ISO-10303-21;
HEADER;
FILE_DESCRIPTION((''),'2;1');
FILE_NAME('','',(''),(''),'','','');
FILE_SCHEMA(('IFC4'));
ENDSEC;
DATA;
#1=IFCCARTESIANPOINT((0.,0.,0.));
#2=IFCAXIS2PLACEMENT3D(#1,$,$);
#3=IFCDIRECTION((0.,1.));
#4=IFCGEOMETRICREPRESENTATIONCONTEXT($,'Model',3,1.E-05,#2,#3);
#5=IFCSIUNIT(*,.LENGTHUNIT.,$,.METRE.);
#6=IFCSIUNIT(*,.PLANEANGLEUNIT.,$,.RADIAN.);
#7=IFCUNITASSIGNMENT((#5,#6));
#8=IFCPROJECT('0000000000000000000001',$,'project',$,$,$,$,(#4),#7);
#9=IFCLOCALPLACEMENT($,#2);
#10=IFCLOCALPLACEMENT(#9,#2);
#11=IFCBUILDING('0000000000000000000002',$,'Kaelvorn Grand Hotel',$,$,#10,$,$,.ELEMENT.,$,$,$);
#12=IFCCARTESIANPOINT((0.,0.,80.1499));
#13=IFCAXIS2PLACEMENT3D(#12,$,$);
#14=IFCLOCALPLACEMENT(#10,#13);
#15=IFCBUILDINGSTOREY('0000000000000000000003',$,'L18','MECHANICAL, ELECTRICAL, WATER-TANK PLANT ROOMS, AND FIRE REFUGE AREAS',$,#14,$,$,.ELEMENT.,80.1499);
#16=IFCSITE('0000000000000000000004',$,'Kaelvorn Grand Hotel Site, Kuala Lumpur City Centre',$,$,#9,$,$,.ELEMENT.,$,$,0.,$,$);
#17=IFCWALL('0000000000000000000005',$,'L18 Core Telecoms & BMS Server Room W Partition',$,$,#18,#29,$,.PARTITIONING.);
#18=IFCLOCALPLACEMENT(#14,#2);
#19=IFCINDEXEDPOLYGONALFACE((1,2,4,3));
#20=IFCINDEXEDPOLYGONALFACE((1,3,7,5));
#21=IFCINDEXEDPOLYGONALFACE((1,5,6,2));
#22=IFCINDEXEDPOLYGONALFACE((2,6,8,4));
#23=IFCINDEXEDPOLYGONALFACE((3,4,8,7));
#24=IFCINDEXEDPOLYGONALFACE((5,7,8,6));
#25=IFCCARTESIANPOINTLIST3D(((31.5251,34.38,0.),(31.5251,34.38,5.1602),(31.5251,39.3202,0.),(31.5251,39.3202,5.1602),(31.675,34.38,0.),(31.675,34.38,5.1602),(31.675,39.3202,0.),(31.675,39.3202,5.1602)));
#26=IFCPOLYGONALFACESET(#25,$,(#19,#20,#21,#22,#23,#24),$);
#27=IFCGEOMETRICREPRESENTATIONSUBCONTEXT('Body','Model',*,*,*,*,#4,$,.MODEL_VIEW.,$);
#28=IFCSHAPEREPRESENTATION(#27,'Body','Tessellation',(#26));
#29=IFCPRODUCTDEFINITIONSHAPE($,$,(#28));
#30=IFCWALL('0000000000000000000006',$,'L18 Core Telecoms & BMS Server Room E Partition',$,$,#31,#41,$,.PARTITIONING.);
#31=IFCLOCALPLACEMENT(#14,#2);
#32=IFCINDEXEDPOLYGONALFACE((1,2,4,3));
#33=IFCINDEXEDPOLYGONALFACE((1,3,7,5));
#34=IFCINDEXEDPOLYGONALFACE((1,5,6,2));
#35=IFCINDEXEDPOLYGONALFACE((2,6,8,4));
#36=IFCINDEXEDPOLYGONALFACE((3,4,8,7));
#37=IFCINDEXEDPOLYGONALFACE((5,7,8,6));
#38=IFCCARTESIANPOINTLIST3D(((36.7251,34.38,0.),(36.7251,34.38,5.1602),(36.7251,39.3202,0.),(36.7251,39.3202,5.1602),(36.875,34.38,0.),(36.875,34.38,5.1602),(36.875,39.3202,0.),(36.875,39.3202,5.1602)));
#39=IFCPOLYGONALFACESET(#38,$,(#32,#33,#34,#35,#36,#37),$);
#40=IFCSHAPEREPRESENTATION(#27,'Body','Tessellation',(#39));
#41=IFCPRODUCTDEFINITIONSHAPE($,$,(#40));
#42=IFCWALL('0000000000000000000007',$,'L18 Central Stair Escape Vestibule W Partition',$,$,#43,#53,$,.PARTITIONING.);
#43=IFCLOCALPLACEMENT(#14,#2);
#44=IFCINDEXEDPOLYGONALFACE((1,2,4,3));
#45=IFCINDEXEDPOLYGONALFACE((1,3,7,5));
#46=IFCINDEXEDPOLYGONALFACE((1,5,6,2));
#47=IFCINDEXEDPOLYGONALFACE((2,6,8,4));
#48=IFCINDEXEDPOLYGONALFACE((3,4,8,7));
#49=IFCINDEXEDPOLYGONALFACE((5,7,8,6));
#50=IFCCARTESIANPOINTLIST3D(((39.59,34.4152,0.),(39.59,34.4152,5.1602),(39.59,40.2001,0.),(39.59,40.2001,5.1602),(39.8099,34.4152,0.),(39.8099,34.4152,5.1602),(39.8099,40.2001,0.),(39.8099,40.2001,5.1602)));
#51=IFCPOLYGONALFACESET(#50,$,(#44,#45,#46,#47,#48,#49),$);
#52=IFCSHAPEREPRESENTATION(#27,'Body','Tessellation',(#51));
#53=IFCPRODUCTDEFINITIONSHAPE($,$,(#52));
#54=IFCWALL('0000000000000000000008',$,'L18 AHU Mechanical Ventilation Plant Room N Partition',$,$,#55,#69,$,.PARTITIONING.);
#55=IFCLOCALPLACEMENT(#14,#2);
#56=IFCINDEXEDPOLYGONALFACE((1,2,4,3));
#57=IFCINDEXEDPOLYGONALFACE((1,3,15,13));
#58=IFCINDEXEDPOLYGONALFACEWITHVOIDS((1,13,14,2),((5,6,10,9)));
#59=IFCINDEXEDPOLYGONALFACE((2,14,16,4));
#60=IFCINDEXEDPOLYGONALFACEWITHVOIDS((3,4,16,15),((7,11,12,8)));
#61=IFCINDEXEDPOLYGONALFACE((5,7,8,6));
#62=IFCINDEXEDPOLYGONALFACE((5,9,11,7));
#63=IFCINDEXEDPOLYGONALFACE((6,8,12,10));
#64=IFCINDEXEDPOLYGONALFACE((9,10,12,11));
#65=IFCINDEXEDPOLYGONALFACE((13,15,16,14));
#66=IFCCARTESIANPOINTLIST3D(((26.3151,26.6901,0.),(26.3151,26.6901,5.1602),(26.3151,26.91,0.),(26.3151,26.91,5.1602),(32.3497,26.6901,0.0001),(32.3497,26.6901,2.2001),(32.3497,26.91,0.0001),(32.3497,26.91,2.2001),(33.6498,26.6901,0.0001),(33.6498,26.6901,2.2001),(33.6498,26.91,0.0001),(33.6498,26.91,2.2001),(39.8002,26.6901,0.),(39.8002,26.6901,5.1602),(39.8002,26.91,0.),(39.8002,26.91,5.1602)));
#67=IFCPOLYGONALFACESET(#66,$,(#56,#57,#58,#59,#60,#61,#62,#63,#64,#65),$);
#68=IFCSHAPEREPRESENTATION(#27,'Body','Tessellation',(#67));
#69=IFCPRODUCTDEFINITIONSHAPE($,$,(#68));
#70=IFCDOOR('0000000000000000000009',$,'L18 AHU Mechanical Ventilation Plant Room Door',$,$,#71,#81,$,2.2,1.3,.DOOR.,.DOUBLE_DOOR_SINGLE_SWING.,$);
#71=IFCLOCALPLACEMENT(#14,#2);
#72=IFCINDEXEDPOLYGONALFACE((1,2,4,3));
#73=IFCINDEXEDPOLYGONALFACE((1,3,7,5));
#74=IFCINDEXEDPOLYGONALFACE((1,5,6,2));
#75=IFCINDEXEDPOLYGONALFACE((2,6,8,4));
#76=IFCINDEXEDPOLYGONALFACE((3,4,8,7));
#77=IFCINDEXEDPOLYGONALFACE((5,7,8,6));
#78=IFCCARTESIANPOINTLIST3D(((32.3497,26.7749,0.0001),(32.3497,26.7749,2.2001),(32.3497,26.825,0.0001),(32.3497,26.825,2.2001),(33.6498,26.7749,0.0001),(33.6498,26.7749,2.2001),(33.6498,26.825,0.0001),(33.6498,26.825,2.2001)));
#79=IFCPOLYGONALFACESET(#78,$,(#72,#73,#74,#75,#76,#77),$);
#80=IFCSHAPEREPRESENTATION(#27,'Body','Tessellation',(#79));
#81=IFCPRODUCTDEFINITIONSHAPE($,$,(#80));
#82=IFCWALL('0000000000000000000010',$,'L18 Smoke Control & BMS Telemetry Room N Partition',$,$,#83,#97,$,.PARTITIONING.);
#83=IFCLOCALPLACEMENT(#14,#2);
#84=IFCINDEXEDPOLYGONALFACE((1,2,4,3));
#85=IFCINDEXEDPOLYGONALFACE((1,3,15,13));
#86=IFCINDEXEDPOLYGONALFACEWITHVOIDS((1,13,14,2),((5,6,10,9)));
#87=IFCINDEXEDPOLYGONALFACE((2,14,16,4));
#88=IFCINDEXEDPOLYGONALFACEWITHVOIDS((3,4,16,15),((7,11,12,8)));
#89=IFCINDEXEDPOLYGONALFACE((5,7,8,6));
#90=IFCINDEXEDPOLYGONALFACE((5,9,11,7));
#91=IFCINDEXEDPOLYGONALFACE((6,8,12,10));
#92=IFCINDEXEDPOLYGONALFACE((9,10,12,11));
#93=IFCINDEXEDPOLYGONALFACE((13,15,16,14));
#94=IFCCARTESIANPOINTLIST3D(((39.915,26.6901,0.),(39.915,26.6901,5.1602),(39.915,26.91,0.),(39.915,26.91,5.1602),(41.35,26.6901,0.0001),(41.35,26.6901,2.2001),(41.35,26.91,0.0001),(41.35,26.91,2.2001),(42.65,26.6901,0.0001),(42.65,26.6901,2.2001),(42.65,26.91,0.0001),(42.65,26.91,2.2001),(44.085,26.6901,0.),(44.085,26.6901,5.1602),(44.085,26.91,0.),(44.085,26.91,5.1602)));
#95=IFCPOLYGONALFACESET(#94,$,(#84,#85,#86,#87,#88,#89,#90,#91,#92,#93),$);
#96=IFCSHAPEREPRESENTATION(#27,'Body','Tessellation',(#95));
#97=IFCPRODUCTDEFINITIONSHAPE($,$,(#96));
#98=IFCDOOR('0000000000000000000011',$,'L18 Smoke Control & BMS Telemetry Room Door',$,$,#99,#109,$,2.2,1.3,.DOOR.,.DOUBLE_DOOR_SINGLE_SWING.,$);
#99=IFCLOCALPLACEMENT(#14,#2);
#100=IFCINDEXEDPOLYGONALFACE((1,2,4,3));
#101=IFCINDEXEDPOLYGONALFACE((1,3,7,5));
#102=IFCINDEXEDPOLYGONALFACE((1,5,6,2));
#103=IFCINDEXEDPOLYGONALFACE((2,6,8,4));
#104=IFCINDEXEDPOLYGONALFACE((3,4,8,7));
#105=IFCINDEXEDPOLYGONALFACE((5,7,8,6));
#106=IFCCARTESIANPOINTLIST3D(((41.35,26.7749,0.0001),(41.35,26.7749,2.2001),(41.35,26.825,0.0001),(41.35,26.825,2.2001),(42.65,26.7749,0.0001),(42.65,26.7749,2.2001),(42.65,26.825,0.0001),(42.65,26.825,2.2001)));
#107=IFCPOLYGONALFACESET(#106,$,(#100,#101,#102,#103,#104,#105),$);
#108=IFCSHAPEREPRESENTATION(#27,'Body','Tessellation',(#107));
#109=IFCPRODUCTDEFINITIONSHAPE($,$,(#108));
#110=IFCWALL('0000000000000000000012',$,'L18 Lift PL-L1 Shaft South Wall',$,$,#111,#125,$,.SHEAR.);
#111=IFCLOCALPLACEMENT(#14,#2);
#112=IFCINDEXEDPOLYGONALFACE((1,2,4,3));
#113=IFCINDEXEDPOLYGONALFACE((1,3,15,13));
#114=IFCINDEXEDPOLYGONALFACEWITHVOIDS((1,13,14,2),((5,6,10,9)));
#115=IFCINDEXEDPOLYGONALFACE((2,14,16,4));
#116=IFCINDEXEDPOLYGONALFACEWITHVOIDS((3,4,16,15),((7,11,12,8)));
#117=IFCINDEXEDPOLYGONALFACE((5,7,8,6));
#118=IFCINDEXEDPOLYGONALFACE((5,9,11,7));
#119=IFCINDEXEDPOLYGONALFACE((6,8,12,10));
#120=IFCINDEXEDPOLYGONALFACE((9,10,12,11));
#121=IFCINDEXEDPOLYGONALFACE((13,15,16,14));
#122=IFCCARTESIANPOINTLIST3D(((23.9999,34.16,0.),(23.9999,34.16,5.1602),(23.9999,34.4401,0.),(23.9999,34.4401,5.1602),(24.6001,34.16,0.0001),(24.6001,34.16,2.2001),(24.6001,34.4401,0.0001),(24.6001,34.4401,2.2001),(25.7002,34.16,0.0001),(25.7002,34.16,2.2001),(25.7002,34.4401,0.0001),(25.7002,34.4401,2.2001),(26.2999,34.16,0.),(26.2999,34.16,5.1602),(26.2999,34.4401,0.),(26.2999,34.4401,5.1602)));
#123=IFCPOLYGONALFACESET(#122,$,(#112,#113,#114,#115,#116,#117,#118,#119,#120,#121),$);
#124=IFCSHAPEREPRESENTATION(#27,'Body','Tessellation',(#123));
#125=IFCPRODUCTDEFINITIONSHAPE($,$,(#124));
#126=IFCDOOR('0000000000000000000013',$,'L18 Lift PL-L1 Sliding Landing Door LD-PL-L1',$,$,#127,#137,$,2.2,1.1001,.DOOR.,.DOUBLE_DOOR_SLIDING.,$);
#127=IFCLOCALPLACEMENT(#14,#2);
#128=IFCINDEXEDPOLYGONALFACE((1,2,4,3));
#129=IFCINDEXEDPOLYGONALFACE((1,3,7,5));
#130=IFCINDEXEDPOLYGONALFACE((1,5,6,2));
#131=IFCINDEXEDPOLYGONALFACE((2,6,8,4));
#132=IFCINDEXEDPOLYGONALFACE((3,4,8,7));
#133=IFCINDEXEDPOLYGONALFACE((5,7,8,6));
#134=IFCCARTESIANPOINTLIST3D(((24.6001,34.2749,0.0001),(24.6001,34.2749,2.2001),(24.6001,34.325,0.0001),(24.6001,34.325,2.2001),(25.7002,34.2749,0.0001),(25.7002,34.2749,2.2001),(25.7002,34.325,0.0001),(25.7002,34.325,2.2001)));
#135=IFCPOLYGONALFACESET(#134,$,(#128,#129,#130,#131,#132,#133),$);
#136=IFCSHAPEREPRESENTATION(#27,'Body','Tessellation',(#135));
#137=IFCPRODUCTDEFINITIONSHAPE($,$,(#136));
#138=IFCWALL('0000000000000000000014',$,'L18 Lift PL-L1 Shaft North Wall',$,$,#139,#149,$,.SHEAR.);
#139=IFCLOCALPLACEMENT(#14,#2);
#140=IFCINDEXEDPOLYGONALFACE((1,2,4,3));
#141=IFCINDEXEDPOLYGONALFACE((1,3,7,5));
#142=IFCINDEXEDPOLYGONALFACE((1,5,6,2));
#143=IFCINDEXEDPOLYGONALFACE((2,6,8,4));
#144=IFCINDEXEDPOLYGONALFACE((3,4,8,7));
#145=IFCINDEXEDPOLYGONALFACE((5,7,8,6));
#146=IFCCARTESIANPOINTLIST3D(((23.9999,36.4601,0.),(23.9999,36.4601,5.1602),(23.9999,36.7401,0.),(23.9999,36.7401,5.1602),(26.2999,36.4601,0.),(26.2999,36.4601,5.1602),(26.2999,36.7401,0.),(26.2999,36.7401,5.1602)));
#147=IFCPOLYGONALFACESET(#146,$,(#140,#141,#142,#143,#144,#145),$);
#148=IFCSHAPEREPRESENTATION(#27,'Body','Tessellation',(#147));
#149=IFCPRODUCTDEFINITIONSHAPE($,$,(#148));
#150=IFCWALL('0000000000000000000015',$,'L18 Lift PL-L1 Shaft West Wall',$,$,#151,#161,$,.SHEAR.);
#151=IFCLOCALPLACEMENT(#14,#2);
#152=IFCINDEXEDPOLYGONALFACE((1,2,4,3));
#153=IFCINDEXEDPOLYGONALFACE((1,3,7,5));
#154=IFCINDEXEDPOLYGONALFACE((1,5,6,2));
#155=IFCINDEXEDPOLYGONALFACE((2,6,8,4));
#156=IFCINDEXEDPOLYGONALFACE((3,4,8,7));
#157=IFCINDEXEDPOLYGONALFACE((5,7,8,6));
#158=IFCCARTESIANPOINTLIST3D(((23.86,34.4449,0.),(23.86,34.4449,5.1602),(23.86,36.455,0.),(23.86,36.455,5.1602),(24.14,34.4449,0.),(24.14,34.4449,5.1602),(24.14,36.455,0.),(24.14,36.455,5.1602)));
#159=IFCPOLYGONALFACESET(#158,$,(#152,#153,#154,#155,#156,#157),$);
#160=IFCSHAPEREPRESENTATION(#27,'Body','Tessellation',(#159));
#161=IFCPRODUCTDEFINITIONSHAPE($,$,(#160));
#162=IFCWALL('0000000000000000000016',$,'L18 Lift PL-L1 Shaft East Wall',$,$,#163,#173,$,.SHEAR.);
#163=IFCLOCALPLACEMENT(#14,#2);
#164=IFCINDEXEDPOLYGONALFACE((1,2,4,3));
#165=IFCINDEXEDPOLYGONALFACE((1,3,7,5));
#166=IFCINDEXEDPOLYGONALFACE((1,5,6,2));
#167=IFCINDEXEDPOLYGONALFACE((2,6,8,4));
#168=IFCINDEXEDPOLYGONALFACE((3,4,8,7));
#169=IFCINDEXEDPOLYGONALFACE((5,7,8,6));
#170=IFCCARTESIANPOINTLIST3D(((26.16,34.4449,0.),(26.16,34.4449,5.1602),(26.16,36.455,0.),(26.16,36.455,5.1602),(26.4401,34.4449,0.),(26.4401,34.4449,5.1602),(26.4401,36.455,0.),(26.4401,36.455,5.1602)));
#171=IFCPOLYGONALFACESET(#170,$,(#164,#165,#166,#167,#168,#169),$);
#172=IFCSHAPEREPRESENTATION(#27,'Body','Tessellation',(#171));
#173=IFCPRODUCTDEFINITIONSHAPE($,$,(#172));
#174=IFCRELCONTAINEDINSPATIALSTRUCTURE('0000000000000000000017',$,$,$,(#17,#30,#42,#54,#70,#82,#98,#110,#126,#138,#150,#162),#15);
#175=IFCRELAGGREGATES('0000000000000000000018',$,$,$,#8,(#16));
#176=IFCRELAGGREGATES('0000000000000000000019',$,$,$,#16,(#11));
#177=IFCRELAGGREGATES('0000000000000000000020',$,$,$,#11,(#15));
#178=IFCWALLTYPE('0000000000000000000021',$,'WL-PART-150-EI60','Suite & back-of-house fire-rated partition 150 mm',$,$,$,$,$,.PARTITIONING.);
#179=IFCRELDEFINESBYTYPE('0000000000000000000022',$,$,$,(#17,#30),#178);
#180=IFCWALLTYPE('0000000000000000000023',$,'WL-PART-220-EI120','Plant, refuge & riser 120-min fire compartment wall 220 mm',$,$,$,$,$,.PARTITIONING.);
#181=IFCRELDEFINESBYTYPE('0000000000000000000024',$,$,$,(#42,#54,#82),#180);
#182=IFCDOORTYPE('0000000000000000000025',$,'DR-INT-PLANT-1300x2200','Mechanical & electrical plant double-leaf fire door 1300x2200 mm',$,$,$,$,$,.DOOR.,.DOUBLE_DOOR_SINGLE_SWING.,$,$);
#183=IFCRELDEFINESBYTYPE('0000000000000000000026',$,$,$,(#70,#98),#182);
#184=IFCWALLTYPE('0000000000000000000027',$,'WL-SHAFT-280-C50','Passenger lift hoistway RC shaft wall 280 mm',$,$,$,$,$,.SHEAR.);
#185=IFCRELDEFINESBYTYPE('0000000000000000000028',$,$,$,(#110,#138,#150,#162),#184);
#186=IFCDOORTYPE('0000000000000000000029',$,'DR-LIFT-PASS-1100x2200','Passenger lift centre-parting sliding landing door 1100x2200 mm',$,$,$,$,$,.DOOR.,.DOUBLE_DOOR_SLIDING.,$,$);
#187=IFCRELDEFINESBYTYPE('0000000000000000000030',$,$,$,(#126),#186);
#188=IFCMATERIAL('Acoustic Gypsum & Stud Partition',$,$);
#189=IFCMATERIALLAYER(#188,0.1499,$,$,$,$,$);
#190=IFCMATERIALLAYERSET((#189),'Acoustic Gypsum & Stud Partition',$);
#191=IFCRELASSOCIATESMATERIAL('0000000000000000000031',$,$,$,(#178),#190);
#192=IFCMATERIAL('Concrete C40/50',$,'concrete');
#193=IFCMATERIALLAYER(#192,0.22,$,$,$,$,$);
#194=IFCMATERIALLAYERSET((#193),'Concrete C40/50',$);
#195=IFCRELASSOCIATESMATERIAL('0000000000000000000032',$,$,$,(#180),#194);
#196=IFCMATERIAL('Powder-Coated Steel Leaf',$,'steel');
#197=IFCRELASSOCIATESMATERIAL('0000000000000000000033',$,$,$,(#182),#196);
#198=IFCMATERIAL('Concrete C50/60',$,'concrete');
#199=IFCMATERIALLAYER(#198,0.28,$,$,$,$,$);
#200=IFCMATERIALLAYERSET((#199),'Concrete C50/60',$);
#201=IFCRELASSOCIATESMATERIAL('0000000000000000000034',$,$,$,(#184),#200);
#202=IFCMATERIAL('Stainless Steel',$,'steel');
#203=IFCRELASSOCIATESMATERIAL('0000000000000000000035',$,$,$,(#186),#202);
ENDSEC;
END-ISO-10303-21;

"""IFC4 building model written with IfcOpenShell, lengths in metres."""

from ifc_helpers import new_model, si_unit, direction, frame, frame_2d, origin, place, context, subcontext, project, spatial, rectangle, extrude, material, layer, layer_set, type_object, element, fill, save


model = new_model("IFC4")

# Units and contexts
model_context = context("Model", 3, precision=1e-05, world=origin(), true_north=direction((0.0, 1.0)))
body_context = subcontext(model_context, "Body", "Model", "MODEL_VIEW")
ifc_project = project(units=[si_unit("LENGTHUNIT", "METRE"), si_unit("PLANEANGLEUNIT", "RADIAN")], contexts=[model_context])

# Site, building, storey
site_placement = place(None, origin())
site = spatial("IfcSite", under=ifc_project, at=site_placement, Name="Kaelvorn Grand Hotel Site, Kuala Lumpur City Centre", CompositionType="ELEMENT", RefElevation=0.0)
building_placement = place(site_placement, origin())
building = spatial("IfcBuilding", under=site, at=building_placement, Name="Kaelvorn Grand Hotel", CompositionType="ELEMENT")
storey_placement = place(building_placement, frame((0.0, 0.0, 80.1499)))
storey = spatial("IfcBuildingStorey", under=building, at=storey_placement, Name="L18", Description="MECHANICAL, ELECTRICAL, WATER-TANK PLANT ROOMS, AND FIRE REFUGE AREAS", CompositionType="ELEMENT", Elevation=80.1499)

# Shared definitions
ifc_material_1 = material(Name="Acoustic Gypsum & Stud Partition")
ifc_layer_1 = layer(ifc_material_1, 0.1499)
ifc_layer_set_1 = layer_set([ifc_layer_1], Name="Acoustic Gypsum & Stud Partition")
wall_type_1 = type_object("IfcWallType", Name="WL-PART-150-EI60", Description="Suite & back-of-house fire-rated partition 150 mm", PredefinedType="PARTITIONING", material=ifc_layer_set_1)
ifc_material_2 = material(Name="Powder-Coated Steel Leaf", Category="steel")

# Walls
for number, where, z_axis, x_axis, name in (
    (1, (31.6001, 34.3799, 0.0), (0.0, 0.0, 1.0), (0.0, 1.0, 0.0), "L18 Core Telecoms & BMS Server Room W Partition"),
    (2, (36.8, 34.3799, 0.0), (0.0, 0.0, 1.0), (0.0, 1.0, 0.0), "L18 Core Telecoms & BMS Server Room E Partition"),
):
    element("IfcWall", number, at=place(storey_placement, frame(where, z_axis=z_axis, x_axis=x_axis)), inside=storey, type_object=wall_type_1, Name=name, PredefinedType="PARTITIONING", context=body_context, shape_type="SweptSolid", body=[
        extrude(rectangle(XDim=4.9402, YDim=0.1499, at=frame_2d((2.4702, 0.0))), origin(), (0.0, 0.0, 1.0), 5.1602),
    ])

# Shared definitions
ifc_material_3 = material(Name="Concrete C40/50", Category="concrete")
ifc_layer_2 = layer(ifc_material_3, 0.22)
ifc_layer_set_2 = layer_set([ifc_layer_2], Name="Concrete C40/50")
wall_type_2 = type_object("IfcWallType", Name="WL-PART-220-EI120", Description="Plant, refuge & riser 120-min fire compartment wall 220 mm", PredefinedType="PARTITIONING", material=ifc_layer_set_2)

# Wall
wall_1_placement = place(storey_placement, frame((39.7, 34.415, 0.0), z_axis=(0.0, 0.0, 1.0), x_axis=(0.0, 1.0, 0.0)))
element("IfcWall", 3, at=wall_1_placement, inside=storey, type_object=wall_type_2, Name="L18 Central Stair Escape Vestibule W Partition", PredefinedType="PARTITIONING", context=body_context, shape_type="SweptSolid", body=[
    extrude(rectangle(XDim=5.7849, YDim=0.22, at=frame_2d((2.8926, 0.0))), origin(), (0.0, 0.0, 1.0), 5.1602),
])

# Walls, openings, doors
wall_2_placement = place(storey_placement, frame((26.3149, 26.8, 0.0), z_axis=(0.0, 0.0, 1.0), x_axis=(1.0, 0.0, 0.0)))
wall_2 = element("IfcWall", 4, at=wall_2_placement, inside=storey, type_object=wall_type_2, Name="L18 AHU Mechanical Ventilation Plant Room N Partition", PredefinedType="PARTITIONING", context=body_context, shape_type="SweptSolid", body=[
    extrude(rectangle(XDim=13.4851, YDim=0.22, at=frame_2d((6.7427, 0.0))), origin(), (0.0, 0.0, 1.0), 5.1602),
])
opening_1_placement = place(wall_2_placement, frame((6.0349, 0.0, 0.0)))
opening_1 = element("IfcOpeningElement", 5, at=opening_1_placement, cuts=wall_2, PredefinedType="OPENING", context=body_context, shape_type="SweptSolid", body=[
    extrude(rectangle(XDim=1.3, YDim=2.2, at=frame_2d((0.6499, 1.1001))), frame((0.0, 0.1201, 0.0), z_axis=(0.0, -1.0, 0.0), x_axis=(1.0, 0.0, 0.0)), (0.0, 0.0, 1.0), 0.24),
])
door_type_1 = type_object("IfcDoorType", Name="DR-INT-PLANT-1300x2200", Description="Mechanical & electrical plant double-leaf fire door 1300x2200 mm", OperationType="DOUBLE_DOOR_SINGLE_SWING", PredefinedType="DOOR", material=ifc_material_2)
door_1_placement = place(opening_1_placement, origin())
door_1 = element("IfcDoor", 6, at=door_1_placement, inside=storey, type_object=door_type_1, Name="L18 AHU Mechanical Ventilation Plant Room Door", OperationType="DOUBLE_DOOR_SINGLE_SWING", OverallHeight=2.2, OverallWidth=1.3, PredefinedType="DOOR", context=body_context, shape_type="SweptSolid", body=[
    extrude(rectangle(XDim=1.3, YDim=2.2, at=frame_2d((0.6499, 1.1001))), frame((0.0, 0.0249, 0.0), z_axis=(0.0, -1.0, 0.0), x_axis=(1.0, 0.0, 0.0)), (0.0, 0.0, 1.0), 0.05),
])
fill(opening_1, door_1)
wall_3_placement = place(storey_placement, frame((39.915, 26.8, 0.0), z_axis=(0.0, 0.0, 1.0), x_axis=(1.0, 0.0, 0.0)))
wall_3 = element("IfcWall", 7, at=wall_3_placement, inside=storey, type_object=wall_type_2, Name="L18 Smoke Control & BMS Telemetry Room N Partition", PredefinedType="PARTITIONING", context=body_context, shape_type="SweptSolid", body=[
    extrude(rectangle(XDim=4.1699, YDim=0.22, at=frame_2d((2.085, 0.0))), origin(), (0.0, 0.0, 1.0), 5.1602),
])
opening_2_placement = place(wall_3_placement, frame((1.4351, 0.0, 0.0)))
opening_2 = element("IfcOpeningElement", 8, at=opening_2_placement, cuts=wall_3, PredefinedType="OPENING", context=body_context, shape_type="SweptSolid", body=[
    extrude(rectangle(XDim=1.3, YDim=2.2, at=frame_2d((0.6499, 1.1001))), frame((0.0, 0.1201, 0.0), z_axis=(0.0, -1.0, 0.0), x_axis=(1.0, 0.0, 0.0)), (0.0, 0.0, 1.0), 0.24),
])
door_2_placement = place(opening_2_placement, origin())
door_2 = element("IfcDoor", 9, at=door_2_placement, inside=storey, type_object=door_type_1, Name="L18 Smoke Control & BMS Telemetry Room Door", OperationType="DOUBLE_DOOR_SINGLE_SWING", OverallHeight=2.2, OverallWidth=1.3, PredefinedType="DOOR", context=body_context, shape_type="SweptSolid", body=[
    extrude(rectangle(XDim=1.3, YDim=2.2, at=frame_2d((0.6499, 1.1001))), frame((0.0, 0.0249, 0.0), z_axis=(0.0, -1.0, 0.0), x_axis=(1.0, 0.0, 0.0)), (0.0, 0.0, 1.0), 0.05),
])
fill(opening_2, door_2)
ifc_material_4 = material(Name="Concrete C50/60", Category="concrete")
ifc_layer_3 = layer(ifc_material_4, 0.28)
ifc_layer_set_3 = layer_set([ifc_layer_3], Name="Concrete C50/60")
wall_type_3 = type_object("IfcWallType", Name="WL-SHAFT-280-C50", Description="Passenger lift hoistway RC shaft wall 280 mm", PredefinedType="SHEAR", material=ifc_layer_set_3)
wall_4_placement = place(storey_placement, frame((24.0, 34.3, 0.0), z_axis=(0.0, 0.0, 1.0), x_axis=(1.0, 0.0, 0.0)))
wall_4 = element("IfcWall", 10, at=wall_4_placement, inside=storey, type_object=wall_type_3, Name="L18 Lift PL-L1 Shaft South Wall", PredefinedType="SHEAR", context=body_context, shape_type="SweptSolid", body=[
    extrude(rectangle(XDim=2.3, YDim=0.28, at=frame_2d((1.1499, 0.0))), origin(), (0.0, 0.0, 1.0), 5.1602),
])
opening_3_placement = place(wall_4_placement, frame((0.6001, 0.0, 0.0)))
opening_3 = element("IfcOpeningElement", 11, at=opening_3_placement, cuts=wall_4, PredefinedType="OPENING", context=body_context, shape_type="SweptSolid", body=[
    extrude(rectangle(XDim=1.1001, YDim=2.2, at=frame_2d((0.55, 1.1001))), frame((0.0, 0.1499, 0.0), z_axis=(0.0, -1.0, 0.0), x_axis=(1.0, 0.0, 0.0)), (0.0, 0.0, 1.0), 0.3),
])
ifc_material_5 = material(Name="Stainless Steel", Category="steel")
door_type_2 = type_object("IfcDoorType", Name="DR-LIFT-PASS-1100x2200", Description="Passenger lift centre-parting sliding landing door 1100x2200 mm", OperationType="DOUBLE_DOOR_SLIDING", PredefinedType="DOOR", material=ifc_material_5)
door_3_placement = place(opening_3_placement, origin())
door_3 = element("IfcDoor", 12, at=door_3_placement, inside=storey, type_object=door_type_2, Name="L18 Lift PL-L1 Sliding Landing Door LD-PL-L1", OperationType="DOUBLE_DOOR_SLIDING", OverallHeight=2.2, OverallWidth=1.1001, PredefinedType="DOOR", context=body_context, shape_type="SweptSolid", body=[
    extrude(rectangle(XDim=1.1001, YDim=2.2, at=frame_2d((0.55, 1.1001))), frame((0.0, 0.0249, 0.0), z_axis=(0.0, -1.0, 0.0), x_axis=(1.0, 0.0, 0.0)), (0.0, 0.0, 1.0), 0.05),
])
fill(opening_3, door_3)

# Walls
wall_5_placement = place(storey_placement, frame((24.0, 36.6001, 0.0), z_axis=(0.0, 0.0, 1.0), x_axis=(1.0, 0.0, 0.0)))
element("IfcWall", 13, at=wall_5_placement, inside=storey, type_object=wall_type_3, Name="L18 Lift PL-L1 Shaft North Wall", PredefinedType="SHEAR", context=body_context, shape_type="SweptSolid", body=[
    extrude(rectangle(XDim=2.3, YDim=0.28, at=frame_2d((1.1499, 0.0))), origin(), (0.0, 0.0, 1.0), 5.1602),
])
for number, where, z_axis, x_axis, name in (
    (14, (24.0, 34.4451, 0.0), (0.0, 0.0, 1.0), (0.0, 1.0, 0.0), "L18 Lift PL-L1 Shaft West Wall"),
    (15, (26.3, 34.4451, 0.0), (0.0, 0.0, 1.0), (0.0, 1.0, 0.0), "L18 Lift PL-L1 Shaft East Wall"),
):
    element("IfcWall", number, at=place(storey_placement, frame(where, z_axis=z_axis, x_axis=x_axis)), inside=storey, type_object=wall_type_3, Name=name, PredefinedType="SHEAR", context=body_context, shape_type="SweptSolid", body=[
        extrude(rectangle(XDim=2.01, YDim=0.28, at=frame_2d((1.0049, 0.0))), origin(), (0.0, 0.0, 1.0), 5.1602),
    ])

save(model, "model.ifc")
